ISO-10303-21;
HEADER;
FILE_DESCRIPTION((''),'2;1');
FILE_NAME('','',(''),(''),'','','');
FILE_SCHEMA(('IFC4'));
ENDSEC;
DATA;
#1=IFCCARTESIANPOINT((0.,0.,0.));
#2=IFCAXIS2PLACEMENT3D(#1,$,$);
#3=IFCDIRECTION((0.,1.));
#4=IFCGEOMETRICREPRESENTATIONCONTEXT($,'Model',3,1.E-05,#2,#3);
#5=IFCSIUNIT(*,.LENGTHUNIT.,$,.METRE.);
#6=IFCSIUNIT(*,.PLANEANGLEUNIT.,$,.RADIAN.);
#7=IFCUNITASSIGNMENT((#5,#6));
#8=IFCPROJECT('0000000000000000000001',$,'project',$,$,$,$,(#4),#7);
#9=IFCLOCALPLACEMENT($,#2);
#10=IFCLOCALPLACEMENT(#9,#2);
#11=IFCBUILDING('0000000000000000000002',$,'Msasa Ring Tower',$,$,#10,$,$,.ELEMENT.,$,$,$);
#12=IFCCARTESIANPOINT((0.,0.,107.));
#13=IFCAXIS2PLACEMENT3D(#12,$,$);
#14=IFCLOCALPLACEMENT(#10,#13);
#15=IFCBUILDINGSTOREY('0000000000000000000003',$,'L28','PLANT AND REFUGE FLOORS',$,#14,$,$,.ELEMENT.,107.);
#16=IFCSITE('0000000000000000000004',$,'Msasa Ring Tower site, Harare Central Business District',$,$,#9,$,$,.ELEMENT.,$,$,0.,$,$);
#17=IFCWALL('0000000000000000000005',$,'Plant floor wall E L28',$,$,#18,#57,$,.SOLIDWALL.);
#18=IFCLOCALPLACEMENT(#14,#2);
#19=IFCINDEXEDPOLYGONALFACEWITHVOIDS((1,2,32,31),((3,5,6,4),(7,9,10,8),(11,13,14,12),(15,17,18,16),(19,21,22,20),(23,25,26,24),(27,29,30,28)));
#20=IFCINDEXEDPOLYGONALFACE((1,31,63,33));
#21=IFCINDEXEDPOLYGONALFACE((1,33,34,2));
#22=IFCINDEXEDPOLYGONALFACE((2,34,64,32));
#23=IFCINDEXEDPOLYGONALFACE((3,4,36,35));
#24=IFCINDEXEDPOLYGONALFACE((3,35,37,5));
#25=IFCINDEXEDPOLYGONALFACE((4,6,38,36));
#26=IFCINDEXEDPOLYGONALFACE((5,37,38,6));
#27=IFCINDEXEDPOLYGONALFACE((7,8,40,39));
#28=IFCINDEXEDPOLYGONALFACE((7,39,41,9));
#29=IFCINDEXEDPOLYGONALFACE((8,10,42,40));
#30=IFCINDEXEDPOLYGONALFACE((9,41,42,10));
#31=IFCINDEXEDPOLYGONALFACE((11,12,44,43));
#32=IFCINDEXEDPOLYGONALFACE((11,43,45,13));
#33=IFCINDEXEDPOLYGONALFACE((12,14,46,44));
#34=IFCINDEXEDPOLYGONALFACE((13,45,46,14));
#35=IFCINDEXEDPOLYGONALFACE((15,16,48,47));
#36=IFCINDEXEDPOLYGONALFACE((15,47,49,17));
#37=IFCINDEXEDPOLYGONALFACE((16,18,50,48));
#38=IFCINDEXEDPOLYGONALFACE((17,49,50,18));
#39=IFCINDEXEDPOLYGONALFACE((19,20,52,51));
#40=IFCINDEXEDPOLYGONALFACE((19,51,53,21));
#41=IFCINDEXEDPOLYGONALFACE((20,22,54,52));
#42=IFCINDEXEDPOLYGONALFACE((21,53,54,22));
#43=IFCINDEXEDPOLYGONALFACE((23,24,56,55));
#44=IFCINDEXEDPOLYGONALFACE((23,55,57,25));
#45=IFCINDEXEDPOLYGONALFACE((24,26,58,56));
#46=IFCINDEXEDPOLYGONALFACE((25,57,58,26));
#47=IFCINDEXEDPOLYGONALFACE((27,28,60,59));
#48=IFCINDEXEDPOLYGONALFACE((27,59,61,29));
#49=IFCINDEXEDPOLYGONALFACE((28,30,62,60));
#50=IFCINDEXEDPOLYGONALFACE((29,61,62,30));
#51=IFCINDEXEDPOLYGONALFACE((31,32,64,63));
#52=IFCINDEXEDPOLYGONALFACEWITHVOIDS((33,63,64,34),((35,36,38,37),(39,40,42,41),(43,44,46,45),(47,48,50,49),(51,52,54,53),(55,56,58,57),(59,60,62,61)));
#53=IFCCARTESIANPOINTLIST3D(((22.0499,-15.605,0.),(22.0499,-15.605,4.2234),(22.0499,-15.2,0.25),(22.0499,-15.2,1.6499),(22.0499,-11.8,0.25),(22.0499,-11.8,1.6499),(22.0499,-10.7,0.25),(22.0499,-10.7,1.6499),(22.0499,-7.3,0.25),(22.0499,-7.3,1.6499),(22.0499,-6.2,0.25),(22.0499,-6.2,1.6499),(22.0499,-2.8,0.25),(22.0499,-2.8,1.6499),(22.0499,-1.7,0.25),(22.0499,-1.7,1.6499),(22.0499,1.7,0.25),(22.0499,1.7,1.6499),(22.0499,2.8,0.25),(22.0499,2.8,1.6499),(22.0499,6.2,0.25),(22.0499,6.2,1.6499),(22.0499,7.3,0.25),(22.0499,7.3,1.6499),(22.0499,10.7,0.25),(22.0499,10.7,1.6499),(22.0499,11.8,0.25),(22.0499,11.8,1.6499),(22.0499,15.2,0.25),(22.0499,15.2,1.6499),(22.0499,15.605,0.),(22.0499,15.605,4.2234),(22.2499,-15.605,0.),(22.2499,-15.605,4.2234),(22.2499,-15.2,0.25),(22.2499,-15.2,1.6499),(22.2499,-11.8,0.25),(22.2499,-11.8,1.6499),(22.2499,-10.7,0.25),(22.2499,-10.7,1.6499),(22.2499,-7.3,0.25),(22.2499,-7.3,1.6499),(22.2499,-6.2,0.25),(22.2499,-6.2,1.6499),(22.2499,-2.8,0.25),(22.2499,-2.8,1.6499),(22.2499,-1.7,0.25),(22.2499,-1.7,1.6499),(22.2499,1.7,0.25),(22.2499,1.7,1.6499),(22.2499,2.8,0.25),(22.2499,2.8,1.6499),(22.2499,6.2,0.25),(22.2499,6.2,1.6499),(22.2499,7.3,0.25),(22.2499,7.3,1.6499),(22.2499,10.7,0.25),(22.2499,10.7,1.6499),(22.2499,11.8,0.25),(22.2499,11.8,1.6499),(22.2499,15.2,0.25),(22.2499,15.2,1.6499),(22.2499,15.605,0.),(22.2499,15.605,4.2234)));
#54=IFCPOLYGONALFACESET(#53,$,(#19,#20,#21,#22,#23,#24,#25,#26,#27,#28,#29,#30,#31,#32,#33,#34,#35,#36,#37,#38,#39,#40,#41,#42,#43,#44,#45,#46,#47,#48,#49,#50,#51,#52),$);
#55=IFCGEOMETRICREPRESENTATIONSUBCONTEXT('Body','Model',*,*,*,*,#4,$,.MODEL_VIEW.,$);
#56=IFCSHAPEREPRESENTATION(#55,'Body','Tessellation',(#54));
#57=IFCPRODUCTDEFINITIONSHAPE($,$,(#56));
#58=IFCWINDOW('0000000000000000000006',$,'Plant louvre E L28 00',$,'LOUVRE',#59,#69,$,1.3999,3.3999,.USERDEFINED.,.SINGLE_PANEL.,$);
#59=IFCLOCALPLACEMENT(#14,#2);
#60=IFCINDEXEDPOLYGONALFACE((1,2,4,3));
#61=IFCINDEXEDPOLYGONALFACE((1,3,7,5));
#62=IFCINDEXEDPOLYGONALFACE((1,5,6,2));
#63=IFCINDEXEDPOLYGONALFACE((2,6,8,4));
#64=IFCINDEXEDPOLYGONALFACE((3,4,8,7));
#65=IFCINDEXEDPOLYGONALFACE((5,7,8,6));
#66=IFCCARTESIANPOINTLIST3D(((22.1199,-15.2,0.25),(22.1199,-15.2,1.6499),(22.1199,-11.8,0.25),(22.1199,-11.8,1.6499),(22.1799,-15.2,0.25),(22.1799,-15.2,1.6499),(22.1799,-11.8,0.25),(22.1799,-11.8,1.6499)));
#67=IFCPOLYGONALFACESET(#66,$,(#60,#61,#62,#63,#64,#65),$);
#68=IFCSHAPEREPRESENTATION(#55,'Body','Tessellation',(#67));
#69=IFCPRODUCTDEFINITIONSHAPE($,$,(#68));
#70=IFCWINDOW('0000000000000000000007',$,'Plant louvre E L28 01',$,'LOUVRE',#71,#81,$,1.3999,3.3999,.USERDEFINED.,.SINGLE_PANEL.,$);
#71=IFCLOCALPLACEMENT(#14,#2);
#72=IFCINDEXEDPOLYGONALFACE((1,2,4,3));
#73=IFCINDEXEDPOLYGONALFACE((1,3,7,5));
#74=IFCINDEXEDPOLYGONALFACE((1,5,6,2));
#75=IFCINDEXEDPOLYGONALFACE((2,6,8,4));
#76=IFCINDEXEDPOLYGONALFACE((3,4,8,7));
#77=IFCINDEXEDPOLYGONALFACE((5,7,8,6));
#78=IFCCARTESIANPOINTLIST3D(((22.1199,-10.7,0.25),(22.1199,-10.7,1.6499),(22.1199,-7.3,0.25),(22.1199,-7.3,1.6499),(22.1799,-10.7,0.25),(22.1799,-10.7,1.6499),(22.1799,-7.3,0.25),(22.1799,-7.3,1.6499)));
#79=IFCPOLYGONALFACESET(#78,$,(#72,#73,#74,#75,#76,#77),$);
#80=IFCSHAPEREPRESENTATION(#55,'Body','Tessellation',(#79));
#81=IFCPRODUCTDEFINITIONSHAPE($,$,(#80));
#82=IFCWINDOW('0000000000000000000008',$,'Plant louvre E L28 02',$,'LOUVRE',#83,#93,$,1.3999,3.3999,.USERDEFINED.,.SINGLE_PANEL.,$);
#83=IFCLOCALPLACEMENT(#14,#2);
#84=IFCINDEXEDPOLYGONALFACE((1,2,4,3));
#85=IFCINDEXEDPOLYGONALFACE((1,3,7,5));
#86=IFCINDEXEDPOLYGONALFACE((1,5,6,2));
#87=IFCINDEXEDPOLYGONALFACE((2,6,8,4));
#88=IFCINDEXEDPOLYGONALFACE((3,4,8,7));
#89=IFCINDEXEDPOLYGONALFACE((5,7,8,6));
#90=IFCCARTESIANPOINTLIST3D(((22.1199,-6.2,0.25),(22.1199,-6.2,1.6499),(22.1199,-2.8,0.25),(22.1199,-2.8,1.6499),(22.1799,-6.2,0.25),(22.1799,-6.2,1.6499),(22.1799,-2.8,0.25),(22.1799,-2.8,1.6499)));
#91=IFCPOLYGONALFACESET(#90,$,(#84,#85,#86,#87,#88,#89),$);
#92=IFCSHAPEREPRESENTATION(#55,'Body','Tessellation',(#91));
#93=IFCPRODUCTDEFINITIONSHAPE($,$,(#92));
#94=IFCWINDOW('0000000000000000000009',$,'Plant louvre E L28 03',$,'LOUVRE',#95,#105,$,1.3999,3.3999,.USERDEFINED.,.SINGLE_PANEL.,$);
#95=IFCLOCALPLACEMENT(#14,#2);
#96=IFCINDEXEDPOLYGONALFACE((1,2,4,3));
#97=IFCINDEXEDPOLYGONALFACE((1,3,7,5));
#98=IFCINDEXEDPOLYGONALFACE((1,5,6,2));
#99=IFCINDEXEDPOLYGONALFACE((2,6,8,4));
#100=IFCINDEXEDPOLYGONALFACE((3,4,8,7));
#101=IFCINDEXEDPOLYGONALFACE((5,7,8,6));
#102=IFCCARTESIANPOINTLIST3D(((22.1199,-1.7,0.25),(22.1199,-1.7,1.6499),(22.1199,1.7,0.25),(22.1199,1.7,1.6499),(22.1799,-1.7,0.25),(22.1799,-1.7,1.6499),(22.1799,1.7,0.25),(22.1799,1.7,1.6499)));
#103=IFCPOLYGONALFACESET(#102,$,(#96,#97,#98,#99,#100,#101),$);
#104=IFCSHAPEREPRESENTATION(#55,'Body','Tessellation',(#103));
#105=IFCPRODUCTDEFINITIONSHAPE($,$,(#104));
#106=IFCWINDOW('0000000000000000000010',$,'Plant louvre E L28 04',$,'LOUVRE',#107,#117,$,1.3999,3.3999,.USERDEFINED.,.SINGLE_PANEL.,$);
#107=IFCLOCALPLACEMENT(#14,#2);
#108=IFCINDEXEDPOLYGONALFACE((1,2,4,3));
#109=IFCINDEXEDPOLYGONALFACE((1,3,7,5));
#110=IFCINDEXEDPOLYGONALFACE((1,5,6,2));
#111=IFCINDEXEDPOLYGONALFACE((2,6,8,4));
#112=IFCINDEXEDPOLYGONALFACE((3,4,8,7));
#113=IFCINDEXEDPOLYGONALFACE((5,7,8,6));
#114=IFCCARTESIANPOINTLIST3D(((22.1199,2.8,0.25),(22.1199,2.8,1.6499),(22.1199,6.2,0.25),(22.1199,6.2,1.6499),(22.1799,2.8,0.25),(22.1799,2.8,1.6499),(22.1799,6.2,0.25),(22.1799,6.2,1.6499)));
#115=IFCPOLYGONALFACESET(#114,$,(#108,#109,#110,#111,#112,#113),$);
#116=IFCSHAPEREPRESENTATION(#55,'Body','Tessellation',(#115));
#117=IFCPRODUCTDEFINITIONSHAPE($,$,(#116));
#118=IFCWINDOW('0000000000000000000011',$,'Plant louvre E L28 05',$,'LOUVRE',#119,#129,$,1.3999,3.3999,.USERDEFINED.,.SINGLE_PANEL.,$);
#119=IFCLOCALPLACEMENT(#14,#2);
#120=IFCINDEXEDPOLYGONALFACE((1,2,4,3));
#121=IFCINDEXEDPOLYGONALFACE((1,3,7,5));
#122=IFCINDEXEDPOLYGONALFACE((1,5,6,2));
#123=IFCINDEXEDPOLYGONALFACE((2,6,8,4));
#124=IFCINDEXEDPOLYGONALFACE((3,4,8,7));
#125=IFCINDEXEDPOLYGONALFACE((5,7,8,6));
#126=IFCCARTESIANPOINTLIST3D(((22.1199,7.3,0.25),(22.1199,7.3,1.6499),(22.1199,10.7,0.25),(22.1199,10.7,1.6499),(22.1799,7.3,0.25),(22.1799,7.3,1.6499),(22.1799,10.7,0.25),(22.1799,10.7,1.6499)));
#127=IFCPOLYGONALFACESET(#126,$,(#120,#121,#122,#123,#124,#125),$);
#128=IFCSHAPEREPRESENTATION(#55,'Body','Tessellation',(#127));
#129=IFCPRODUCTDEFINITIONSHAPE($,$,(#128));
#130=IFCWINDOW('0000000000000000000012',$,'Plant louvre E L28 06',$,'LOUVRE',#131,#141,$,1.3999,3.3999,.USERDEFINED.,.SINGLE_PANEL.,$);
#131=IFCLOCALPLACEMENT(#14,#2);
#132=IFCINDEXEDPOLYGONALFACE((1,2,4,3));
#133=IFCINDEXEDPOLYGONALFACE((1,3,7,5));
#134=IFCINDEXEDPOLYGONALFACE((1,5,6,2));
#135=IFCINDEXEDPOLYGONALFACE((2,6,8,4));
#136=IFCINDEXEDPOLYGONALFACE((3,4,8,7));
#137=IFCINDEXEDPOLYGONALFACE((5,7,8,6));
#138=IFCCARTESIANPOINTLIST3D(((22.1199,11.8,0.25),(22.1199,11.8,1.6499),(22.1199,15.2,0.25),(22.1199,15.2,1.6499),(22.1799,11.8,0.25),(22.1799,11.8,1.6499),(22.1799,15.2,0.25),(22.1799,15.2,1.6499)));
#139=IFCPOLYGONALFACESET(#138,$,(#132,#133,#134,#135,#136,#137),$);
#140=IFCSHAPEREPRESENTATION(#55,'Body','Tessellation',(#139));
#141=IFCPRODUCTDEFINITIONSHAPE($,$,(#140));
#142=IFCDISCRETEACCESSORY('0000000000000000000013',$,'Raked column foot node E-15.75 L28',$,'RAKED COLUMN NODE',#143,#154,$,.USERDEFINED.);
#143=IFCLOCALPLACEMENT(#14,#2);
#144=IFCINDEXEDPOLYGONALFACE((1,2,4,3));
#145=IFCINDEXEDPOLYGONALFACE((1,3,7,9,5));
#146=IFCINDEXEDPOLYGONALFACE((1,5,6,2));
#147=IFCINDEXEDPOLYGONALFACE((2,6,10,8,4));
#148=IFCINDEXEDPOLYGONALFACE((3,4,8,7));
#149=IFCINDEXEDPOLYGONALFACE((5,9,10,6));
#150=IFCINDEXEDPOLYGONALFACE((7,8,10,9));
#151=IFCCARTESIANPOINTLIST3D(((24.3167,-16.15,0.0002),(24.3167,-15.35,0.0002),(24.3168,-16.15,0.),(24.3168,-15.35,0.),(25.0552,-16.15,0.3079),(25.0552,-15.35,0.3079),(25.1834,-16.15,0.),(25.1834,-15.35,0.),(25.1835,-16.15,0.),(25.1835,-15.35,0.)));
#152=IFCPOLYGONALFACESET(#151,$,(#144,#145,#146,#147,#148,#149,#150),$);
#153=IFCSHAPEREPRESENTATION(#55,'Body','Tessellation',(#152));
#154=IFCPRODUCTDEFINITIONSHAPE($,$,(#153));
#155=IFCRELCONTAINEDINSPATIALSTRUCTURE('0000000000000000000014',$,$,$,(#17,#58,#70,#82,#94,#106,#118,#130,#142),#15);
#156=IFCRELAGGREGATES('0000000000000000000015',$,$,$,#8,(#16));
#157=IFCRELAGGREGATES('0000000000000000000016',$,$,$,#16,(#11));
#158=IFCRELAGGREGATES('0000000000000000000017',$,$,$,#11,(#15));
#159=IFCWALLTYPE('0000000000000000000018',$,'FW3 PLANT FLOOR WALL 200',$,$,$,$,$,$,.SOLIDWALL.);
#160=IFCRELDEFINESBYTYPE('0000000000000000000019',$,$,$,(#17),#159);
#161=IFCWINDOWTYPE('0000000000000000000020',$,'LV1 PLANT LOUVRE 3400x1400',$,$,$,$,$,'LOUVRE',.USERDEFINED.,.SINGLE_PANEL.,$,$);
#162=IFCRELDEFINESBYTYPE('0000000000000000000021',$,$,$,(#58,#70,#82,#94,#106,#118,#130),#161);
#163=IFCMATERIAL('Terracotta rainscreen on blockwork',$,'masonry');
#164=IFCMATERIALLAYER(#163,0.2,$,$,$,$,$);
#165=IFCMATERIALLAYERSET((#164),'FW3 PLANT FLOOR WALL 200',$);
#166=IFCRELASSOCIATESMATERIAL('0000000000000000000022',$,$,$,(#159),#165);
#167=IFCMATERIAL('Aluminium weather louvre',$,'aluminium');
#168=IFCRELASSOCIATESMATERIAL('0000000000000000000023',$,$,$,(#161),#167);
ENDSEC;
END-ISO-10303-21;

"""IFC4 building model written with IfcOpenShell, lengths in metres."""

from ifc_helpers import new_model, si_unit, direction, frame, frame_2d, origin, origin_2d, place, context, subcontext, project, spatial, rectangle, extrude, clip, halfspace, material, layer, layer_set, type_object, element, fill, save


model = new_model("IFC4")

# Units and contexts
model_context = context("Model", 3, precision=1e-05, world=origin(), true_north=direction((0.0, 1.0)))
body_context = subcontext(model_context, "Body", "Model", "MODEL_VIEW")
ifc_project = project(units=[si_unit("LENGTHUNIT", "METRE"), si_unit("PLANEANGLEUNIT", "RADIAN")], contexts=[model_context])

# Site, building, storey
site_placement = place(None, origin())
site = spatial("IfcSite", under=ifc_project, at=site_placement, Name="Msasa Ring Tower site, Harare Central Business District", CompositionType="ELEMENT", RefElevation=0.0)
building_placement = place(site_placement, origin())
building = spatial("IfcBuilding", under=site, at=building_placement, Name="Msasa Ring Tower", CompositionType="ELEMENT")
storey_placement = place(building_placement, frame((0.0, 0.0, 107.0)))
storey = spatial("IfcBuildingStorey", under=building, at=storey_placement, Name="L28", Description="PLANT AND REFUGE FLOORS", CompositionType="ELEMENT", Elevation=107.0)

# Shared definitions
ifc_material_1 = material(Name="Terracotta rainscreen on blockwork", Category="masonry")
ifc_layer = layer(ifc_material_1, 0.2)
ifc_layer_set = layer_set([ifc_layer], Name="FW3 PLANT FLOOR WALL 200")
wall_type = type_object("IfcWallType", Name="FW3 PLANT FLOOR WALL 200", PredefinedType="SOLIDWALL", material=ifc_layer_set)

# Wall, openings, windows
wall_1_placement = place(storey_placement, frame((22.1499, -15.605, 0.0), z_axis=(0.0, 0.0, 1.0), x_axis=(0.0, 1.0, 0.0)))
wall_1 = element("IfcWall", 1, at=wall_1_placement, inside=storey, type_object=wall_type, Name="Plant floor wall E L28", PredefinedType="SOLIDWALL", context=body_context, shape_type="SweptSolid", body=[
    extrude(rectangle(XDim=31.21, YDim=0.2, at=frame_2d((15.605, 0.0))), origin(), (0.0, 0.0, 1.0), 4.2234),
])
opening_1_placement = place(wall_1_placement, frame((0.405, 0.0, 0.25)))
opening_1 = element("IfcOpeningElement", 2, at=opening_1_placement, cuts=wall_1, PredefinedType="OPENING", context=body_context, shape_type="SweptSolid", body=[
    extrude(rectangle(XDim=3.3999, YDim=1.3999, at=frame_2d((1.7, 0.7))), frame((0.0, 0.1099, 0.0), z_axis=(0.0, -1.0, 0.0), x_axis=(1.0, 0.0, 0.0)), (0.0, 0.0, 1.0), 0.22),
])
opening_2_placement = place(wall_1_placement, frame((4.905, 0.0, 0.25)))
opening_2 = element("IfcOpeningElement", 3, at=opening_2_placement, cuts=wall_1, PredefinedType="OPENING", context=body_context, shape_type="SweptSolid", body=[
    extrude(rectangle(XDim=3.3999, YDim=1.3999, at=frame_2d((1.7, 0.7))), frame((0.0, 0.1099, 0.0), z_axis=(0.0, -1.0, 0.0), x_axis=(1.0, 0.0, 0.0)), (0.0, 0.0, 1.0), 0.22),
])
opening_3_placement = place(wall_1_placement, frame((9.405, 0.0, 0.25)))
opening_3 = element("IfcOpeningElement", 4, at=opening_3_placement, cuts=wall_1, PredefinedType="OPENING", context=body_context, shape_type="SweptSolid", body=[
    extrude(rectangle(XDim=3.3999, YDim=1.3999, at=frame_2d((1.7, 0.7))), frame((0.0, 0.1099, 0.0), z_axis=(0.0, -1.0, 0.0), x_axis=(1.0, 0.0, 0.0)), (0.0, 0.0, 1.0), 0.22),
])
opening_4_placement = place(wall_1_placement, frame((13.905, 0.0, 0.25)))
opening_4 = element("IfcOpeningElement", 5, at=opening_4_placement, cuts=wall_1, PredefinedType="OPENING", context=body_context, shape_type="SweptSolid", body=[
    extrude(rectangle(XDim=3.3999, YDim=1.3999, at=frame_2d((1.7, 0.7))), frame((0.0, 0.1099, 0.0), z_axis=(0.0, -1.0, 0.0), x_axis=(1.0, 0.0, 0.0)), (0.0, 0.0, 1.0), 0.22),
])
opening_5_placement = place(wall_1_placement, frame((18.405, 0.0, 0.25)))
opening_5 = element("IfcOpeningElement", 6, at=opening_5_placement, cuts=wall_1, PredefinedType="OPENING", context=body_context, shape_type="SweptSolid", body=[
    extrude(rectangle(XDim=3.3999, YDim=1.3999, at=frame_2d((1.7, 0.7))), frame((0.0, 0.1099, 0.0), z_axis=(0.0, -1.0, 0.0), x_axis=(1.0, 0.0, 0.0)), (0.0, 0.0, 1.0), 0.22),
])
opening_6_placement = place(wall_1_placement, frame((22.905, 0.0, 0.25)))
opening_6 = element("IfcOpeningElement", 7, at=opening_6_placement, cuts=wall_1, PredefinedType="OPENING", context=body_context, shape_type="SweptSolid", body=[
    extrude(rectangle(XDim=3.3999, YDim=1.3999, at=frame_2d((1.7, 0.7))), frame((0.0, 0.1099, 0.0), z_axis=(0.0, -1.0, 0.0), x_axis=(1.0, 0.0, 0.0)), (0.0, 0.0, 1.0), 0.22),
])
opening_7_placement = place(wall_1_placement, frame((27.405, 0.0, 0.25)))
opening_7 = element("IfcOpeningElement", 8, at=opening_7_placement, cuts=wall_1, PredefinedType="OPENING", context=body_context, shape_type="SweptSolid", body=[
    extrude(rectangle(XDim=3.3999, YDim=1.3999, at=frame_2d((1.7, 0.7))), frame((0.0, 0.1099, 0.0), z_axis=(0.0, -1.0, 0.0), x_axis=(1.0, 0.0, 0.0)), (0.0, 0.0, 1.0), 0.22),
])
ifc_material_2 = material(Name="Aluminium weather louvre", Category="aluminium")
window_type = type_object("IfcWindowType", Name="LV1 PLANT LOUVRE 3400x1400", ElementType="LOUVRE", PartitioningType="SINGLE_PANEL", PredefinedType="USERDEFINED", material=ifc_material_2)
window_1_placement = place(opening_1_placement, origin())
window_1 = element("IfcWindow", 9, at=window_1_placement, inside=storey, type_object=window_type, Name="Plant louvre E L28 00", ObjectType="LOUVRE", OverallHeight=1.3999, OverallWidth=3.3999, PartitioningType="SINGLE_PANEL", PredefinedType="USERDEFINED", context=body_context, shape_type="SweptSolid", body=[
    extrude(rectangle(XDim=3.3999, YDim=1.3999, at=frame_2d((1.7, 0.7))), frame((0.0, 0.03, 0.0), z_axis=(0.0, -1.0, 0.0), x_axis=(1.0, 0.0, 0.0)), (0.0, 0.0, 1.0), 0.0601),
])
fill(opening_1, window_1)
window_2_placement = place(opening_2_placement, origin())
window_2 = element("IfcWindow", 10, at=window_2_placement, inside=storey, type_object=window_type, Name="Plant louvre E L28 01", ObjectType="LOUVRE", OverallHeight=1.3999, OverallWidth=3.3999, PartitioningType="SINGLE_PANEL", PredefinedType="USERDEFINED", context=body_context, shape_type="SweptSolid", body=[
    extrude(rectangle(XDim=3.3999, YDim=1.3999, at=frame_2d((1.7, 0.7))), frame((0.0, 0.03, 0.0), z_axis=(0.0, -1.0, 0.0), x_axis=(1.0, 0.0, 0.0)), (0.0, 0.0, 1.0), 0.0601),
])
fill(opening_2, window_2)
window_3_placement = place(opening_3_placement, origin())
window_3 = element("IfcWindow", 11, at=window_3_placement, inside=storey, type_object=window_type, Name="Plant louvre E L28 02", ObjectType="LOUVRE", OverallHeight=1.3999, OverallWidth=3.3999, PartitioningType="SINGLE_PANEL", PredefinedType="USERDEFINED", context=body_context, shape_type="SweptSolid", body=[
    extrude(rectangle(XDim=3.3999, YDim=1.3999, at=frame_2d((1.7, 0.7))), frame((0.0, 0.03, 0.0), z_axis=(0.0, -1.0, 0.0), x_axis=(1.0, 0.0, 0.0)), (0.0, 0.0, 1.0), 0.0601),
])
fill(opening_3, window_3)
window_4_placement = place(opening_4_placement, origin())
window_4 = element("IfcWindow", 12, at=window_4_placement, inside=storey, type_object=window_type, Name="Plant louvre E L28 03", ObjectType="LOUVRE", OverallHeight=1.3999, OverallWidth=3.3999, PartitioningType="SINGLE_PANEL", PredefinedType="USERDEFINED", context=body_context, shape_type="SweptSolid", body=[
    extrude(rectangle(XDim=3.3999, YDim=1.3999, at=frame_2d((1.7, 0.7))), frame((0.0, 0.03, 0.0), z_axis=(0.0, -1.0, 0.0), x_axis=(1.0, 0.0, 0.0)), (0.0, 0.0, 1.0), 0.0601),
])
fill(opening_4, window_4)
window_5_placement = place(opening_5_placement, origin())
window_5 = element("IfcWindow", 13, at=window_5_placement, inside=storey, type_object=window_type, Name="Plant louvre E L28 04", ObjectType="LOUVRE", OverallHeight=1.3999, OverallWidth=3.3999, PartitioningType="SINGLE_PANEL", PredefinedType="USERDEFINED", context=body_context, shape_type="SweptSolid", body=[
    extrude(rectangle(XDim=3.3999, YDim=1.3999, at=frame_2d((1.7, 0.7))), frame((0.0, 0.03, 0.0), z_axis=(0.0, -1.0, 0.0), x_axis=(1.0, 0.0, 0.0)), (0.0, 0.0, 1.0), 0.0601),
])
fill(opening_5, window_5)
window_6_placement = place(opening_6_placement, origin())
window_6 = element("IfcWindow", 14, at=window_6_placement, inside=storey, type_object=window_type, Name="Plant louvre E L28 05", ObjectType="LOUVRE", OverallHeight=1.3999, OverallWidth=3.3999, PartitioningType="SINGLE_PANEL", PredefinedType="USERDEFINED", context=body_context, shape_type="SweptSolid", body=[
    extrude(rectangle(XDim=3.3999, YDim=1.3999, at=frame_2d((1.7, 0.7))), frame((0.0, 0.03, 0.0), z_axis=(0.0, -1.0, 0.0), x_axis=(1.0, 0.0, 0.0)), (0.0, 0.0, 1.0), 0.0601),
])
fill(opening_6, window_6)
window_7_placement = place(opening_7_placement, origin())
window_7 = element("IfcWindow", 15, at=window_7_placement, inside=storey, type_object=window_type, Name="Plant louvre E L28 06", ObjectType="LOUVRE", OverallHeight=1.3999, OverallWidth=3.3999, PartitioningType="SINGLE_PANEL", PredefinedType="USERDEFINED", context=body_context, shape_type="SweptSolid", body=[
    extrude(rectangle(XDim=3.3999, YDim=1.3999, at=frame_2d((1.7, 0.7))), frame((0.0, 0.03, 0.0), z_axis=(0.0, -1.0, 0.0), x_axis=(1.0, 0.0, 0.0)), (0.0, 0.0, 1.0), 0.0601),
])
fill(opening_7, window_7)

# Discrete accessory
discrete_accessory_1_placement = place(storey_placement, frame((24.75, -15.75, 0.0)))
element("IfcDiscreteAccessory", 16, at=discrete_accessory_1_placement, inside=storey, Name="Raked column foot node E-15.75 L28", ObjectType="RAKED COLUMN NODE", PredefinedType="USERDEFINED", context=body_context, shape_type="Clipping", body=[
    clip(extrude(rectangle(XDim=0.8, YDim=0.8, at=origin_2d()), frame((0.0642, 0.0, -0.1538), z_axis=(-0.384615, 0.0, 0.923077), x_axis=(0.0, -1.0, 0.0)), (0.0, 0.0, 1.0), 0.3335), halfspace(frame((0.0, 0.0, 0.0), z_axis=(0.0, 0.0, 1.0)), True)),
])

save(model, "model.ifc")
